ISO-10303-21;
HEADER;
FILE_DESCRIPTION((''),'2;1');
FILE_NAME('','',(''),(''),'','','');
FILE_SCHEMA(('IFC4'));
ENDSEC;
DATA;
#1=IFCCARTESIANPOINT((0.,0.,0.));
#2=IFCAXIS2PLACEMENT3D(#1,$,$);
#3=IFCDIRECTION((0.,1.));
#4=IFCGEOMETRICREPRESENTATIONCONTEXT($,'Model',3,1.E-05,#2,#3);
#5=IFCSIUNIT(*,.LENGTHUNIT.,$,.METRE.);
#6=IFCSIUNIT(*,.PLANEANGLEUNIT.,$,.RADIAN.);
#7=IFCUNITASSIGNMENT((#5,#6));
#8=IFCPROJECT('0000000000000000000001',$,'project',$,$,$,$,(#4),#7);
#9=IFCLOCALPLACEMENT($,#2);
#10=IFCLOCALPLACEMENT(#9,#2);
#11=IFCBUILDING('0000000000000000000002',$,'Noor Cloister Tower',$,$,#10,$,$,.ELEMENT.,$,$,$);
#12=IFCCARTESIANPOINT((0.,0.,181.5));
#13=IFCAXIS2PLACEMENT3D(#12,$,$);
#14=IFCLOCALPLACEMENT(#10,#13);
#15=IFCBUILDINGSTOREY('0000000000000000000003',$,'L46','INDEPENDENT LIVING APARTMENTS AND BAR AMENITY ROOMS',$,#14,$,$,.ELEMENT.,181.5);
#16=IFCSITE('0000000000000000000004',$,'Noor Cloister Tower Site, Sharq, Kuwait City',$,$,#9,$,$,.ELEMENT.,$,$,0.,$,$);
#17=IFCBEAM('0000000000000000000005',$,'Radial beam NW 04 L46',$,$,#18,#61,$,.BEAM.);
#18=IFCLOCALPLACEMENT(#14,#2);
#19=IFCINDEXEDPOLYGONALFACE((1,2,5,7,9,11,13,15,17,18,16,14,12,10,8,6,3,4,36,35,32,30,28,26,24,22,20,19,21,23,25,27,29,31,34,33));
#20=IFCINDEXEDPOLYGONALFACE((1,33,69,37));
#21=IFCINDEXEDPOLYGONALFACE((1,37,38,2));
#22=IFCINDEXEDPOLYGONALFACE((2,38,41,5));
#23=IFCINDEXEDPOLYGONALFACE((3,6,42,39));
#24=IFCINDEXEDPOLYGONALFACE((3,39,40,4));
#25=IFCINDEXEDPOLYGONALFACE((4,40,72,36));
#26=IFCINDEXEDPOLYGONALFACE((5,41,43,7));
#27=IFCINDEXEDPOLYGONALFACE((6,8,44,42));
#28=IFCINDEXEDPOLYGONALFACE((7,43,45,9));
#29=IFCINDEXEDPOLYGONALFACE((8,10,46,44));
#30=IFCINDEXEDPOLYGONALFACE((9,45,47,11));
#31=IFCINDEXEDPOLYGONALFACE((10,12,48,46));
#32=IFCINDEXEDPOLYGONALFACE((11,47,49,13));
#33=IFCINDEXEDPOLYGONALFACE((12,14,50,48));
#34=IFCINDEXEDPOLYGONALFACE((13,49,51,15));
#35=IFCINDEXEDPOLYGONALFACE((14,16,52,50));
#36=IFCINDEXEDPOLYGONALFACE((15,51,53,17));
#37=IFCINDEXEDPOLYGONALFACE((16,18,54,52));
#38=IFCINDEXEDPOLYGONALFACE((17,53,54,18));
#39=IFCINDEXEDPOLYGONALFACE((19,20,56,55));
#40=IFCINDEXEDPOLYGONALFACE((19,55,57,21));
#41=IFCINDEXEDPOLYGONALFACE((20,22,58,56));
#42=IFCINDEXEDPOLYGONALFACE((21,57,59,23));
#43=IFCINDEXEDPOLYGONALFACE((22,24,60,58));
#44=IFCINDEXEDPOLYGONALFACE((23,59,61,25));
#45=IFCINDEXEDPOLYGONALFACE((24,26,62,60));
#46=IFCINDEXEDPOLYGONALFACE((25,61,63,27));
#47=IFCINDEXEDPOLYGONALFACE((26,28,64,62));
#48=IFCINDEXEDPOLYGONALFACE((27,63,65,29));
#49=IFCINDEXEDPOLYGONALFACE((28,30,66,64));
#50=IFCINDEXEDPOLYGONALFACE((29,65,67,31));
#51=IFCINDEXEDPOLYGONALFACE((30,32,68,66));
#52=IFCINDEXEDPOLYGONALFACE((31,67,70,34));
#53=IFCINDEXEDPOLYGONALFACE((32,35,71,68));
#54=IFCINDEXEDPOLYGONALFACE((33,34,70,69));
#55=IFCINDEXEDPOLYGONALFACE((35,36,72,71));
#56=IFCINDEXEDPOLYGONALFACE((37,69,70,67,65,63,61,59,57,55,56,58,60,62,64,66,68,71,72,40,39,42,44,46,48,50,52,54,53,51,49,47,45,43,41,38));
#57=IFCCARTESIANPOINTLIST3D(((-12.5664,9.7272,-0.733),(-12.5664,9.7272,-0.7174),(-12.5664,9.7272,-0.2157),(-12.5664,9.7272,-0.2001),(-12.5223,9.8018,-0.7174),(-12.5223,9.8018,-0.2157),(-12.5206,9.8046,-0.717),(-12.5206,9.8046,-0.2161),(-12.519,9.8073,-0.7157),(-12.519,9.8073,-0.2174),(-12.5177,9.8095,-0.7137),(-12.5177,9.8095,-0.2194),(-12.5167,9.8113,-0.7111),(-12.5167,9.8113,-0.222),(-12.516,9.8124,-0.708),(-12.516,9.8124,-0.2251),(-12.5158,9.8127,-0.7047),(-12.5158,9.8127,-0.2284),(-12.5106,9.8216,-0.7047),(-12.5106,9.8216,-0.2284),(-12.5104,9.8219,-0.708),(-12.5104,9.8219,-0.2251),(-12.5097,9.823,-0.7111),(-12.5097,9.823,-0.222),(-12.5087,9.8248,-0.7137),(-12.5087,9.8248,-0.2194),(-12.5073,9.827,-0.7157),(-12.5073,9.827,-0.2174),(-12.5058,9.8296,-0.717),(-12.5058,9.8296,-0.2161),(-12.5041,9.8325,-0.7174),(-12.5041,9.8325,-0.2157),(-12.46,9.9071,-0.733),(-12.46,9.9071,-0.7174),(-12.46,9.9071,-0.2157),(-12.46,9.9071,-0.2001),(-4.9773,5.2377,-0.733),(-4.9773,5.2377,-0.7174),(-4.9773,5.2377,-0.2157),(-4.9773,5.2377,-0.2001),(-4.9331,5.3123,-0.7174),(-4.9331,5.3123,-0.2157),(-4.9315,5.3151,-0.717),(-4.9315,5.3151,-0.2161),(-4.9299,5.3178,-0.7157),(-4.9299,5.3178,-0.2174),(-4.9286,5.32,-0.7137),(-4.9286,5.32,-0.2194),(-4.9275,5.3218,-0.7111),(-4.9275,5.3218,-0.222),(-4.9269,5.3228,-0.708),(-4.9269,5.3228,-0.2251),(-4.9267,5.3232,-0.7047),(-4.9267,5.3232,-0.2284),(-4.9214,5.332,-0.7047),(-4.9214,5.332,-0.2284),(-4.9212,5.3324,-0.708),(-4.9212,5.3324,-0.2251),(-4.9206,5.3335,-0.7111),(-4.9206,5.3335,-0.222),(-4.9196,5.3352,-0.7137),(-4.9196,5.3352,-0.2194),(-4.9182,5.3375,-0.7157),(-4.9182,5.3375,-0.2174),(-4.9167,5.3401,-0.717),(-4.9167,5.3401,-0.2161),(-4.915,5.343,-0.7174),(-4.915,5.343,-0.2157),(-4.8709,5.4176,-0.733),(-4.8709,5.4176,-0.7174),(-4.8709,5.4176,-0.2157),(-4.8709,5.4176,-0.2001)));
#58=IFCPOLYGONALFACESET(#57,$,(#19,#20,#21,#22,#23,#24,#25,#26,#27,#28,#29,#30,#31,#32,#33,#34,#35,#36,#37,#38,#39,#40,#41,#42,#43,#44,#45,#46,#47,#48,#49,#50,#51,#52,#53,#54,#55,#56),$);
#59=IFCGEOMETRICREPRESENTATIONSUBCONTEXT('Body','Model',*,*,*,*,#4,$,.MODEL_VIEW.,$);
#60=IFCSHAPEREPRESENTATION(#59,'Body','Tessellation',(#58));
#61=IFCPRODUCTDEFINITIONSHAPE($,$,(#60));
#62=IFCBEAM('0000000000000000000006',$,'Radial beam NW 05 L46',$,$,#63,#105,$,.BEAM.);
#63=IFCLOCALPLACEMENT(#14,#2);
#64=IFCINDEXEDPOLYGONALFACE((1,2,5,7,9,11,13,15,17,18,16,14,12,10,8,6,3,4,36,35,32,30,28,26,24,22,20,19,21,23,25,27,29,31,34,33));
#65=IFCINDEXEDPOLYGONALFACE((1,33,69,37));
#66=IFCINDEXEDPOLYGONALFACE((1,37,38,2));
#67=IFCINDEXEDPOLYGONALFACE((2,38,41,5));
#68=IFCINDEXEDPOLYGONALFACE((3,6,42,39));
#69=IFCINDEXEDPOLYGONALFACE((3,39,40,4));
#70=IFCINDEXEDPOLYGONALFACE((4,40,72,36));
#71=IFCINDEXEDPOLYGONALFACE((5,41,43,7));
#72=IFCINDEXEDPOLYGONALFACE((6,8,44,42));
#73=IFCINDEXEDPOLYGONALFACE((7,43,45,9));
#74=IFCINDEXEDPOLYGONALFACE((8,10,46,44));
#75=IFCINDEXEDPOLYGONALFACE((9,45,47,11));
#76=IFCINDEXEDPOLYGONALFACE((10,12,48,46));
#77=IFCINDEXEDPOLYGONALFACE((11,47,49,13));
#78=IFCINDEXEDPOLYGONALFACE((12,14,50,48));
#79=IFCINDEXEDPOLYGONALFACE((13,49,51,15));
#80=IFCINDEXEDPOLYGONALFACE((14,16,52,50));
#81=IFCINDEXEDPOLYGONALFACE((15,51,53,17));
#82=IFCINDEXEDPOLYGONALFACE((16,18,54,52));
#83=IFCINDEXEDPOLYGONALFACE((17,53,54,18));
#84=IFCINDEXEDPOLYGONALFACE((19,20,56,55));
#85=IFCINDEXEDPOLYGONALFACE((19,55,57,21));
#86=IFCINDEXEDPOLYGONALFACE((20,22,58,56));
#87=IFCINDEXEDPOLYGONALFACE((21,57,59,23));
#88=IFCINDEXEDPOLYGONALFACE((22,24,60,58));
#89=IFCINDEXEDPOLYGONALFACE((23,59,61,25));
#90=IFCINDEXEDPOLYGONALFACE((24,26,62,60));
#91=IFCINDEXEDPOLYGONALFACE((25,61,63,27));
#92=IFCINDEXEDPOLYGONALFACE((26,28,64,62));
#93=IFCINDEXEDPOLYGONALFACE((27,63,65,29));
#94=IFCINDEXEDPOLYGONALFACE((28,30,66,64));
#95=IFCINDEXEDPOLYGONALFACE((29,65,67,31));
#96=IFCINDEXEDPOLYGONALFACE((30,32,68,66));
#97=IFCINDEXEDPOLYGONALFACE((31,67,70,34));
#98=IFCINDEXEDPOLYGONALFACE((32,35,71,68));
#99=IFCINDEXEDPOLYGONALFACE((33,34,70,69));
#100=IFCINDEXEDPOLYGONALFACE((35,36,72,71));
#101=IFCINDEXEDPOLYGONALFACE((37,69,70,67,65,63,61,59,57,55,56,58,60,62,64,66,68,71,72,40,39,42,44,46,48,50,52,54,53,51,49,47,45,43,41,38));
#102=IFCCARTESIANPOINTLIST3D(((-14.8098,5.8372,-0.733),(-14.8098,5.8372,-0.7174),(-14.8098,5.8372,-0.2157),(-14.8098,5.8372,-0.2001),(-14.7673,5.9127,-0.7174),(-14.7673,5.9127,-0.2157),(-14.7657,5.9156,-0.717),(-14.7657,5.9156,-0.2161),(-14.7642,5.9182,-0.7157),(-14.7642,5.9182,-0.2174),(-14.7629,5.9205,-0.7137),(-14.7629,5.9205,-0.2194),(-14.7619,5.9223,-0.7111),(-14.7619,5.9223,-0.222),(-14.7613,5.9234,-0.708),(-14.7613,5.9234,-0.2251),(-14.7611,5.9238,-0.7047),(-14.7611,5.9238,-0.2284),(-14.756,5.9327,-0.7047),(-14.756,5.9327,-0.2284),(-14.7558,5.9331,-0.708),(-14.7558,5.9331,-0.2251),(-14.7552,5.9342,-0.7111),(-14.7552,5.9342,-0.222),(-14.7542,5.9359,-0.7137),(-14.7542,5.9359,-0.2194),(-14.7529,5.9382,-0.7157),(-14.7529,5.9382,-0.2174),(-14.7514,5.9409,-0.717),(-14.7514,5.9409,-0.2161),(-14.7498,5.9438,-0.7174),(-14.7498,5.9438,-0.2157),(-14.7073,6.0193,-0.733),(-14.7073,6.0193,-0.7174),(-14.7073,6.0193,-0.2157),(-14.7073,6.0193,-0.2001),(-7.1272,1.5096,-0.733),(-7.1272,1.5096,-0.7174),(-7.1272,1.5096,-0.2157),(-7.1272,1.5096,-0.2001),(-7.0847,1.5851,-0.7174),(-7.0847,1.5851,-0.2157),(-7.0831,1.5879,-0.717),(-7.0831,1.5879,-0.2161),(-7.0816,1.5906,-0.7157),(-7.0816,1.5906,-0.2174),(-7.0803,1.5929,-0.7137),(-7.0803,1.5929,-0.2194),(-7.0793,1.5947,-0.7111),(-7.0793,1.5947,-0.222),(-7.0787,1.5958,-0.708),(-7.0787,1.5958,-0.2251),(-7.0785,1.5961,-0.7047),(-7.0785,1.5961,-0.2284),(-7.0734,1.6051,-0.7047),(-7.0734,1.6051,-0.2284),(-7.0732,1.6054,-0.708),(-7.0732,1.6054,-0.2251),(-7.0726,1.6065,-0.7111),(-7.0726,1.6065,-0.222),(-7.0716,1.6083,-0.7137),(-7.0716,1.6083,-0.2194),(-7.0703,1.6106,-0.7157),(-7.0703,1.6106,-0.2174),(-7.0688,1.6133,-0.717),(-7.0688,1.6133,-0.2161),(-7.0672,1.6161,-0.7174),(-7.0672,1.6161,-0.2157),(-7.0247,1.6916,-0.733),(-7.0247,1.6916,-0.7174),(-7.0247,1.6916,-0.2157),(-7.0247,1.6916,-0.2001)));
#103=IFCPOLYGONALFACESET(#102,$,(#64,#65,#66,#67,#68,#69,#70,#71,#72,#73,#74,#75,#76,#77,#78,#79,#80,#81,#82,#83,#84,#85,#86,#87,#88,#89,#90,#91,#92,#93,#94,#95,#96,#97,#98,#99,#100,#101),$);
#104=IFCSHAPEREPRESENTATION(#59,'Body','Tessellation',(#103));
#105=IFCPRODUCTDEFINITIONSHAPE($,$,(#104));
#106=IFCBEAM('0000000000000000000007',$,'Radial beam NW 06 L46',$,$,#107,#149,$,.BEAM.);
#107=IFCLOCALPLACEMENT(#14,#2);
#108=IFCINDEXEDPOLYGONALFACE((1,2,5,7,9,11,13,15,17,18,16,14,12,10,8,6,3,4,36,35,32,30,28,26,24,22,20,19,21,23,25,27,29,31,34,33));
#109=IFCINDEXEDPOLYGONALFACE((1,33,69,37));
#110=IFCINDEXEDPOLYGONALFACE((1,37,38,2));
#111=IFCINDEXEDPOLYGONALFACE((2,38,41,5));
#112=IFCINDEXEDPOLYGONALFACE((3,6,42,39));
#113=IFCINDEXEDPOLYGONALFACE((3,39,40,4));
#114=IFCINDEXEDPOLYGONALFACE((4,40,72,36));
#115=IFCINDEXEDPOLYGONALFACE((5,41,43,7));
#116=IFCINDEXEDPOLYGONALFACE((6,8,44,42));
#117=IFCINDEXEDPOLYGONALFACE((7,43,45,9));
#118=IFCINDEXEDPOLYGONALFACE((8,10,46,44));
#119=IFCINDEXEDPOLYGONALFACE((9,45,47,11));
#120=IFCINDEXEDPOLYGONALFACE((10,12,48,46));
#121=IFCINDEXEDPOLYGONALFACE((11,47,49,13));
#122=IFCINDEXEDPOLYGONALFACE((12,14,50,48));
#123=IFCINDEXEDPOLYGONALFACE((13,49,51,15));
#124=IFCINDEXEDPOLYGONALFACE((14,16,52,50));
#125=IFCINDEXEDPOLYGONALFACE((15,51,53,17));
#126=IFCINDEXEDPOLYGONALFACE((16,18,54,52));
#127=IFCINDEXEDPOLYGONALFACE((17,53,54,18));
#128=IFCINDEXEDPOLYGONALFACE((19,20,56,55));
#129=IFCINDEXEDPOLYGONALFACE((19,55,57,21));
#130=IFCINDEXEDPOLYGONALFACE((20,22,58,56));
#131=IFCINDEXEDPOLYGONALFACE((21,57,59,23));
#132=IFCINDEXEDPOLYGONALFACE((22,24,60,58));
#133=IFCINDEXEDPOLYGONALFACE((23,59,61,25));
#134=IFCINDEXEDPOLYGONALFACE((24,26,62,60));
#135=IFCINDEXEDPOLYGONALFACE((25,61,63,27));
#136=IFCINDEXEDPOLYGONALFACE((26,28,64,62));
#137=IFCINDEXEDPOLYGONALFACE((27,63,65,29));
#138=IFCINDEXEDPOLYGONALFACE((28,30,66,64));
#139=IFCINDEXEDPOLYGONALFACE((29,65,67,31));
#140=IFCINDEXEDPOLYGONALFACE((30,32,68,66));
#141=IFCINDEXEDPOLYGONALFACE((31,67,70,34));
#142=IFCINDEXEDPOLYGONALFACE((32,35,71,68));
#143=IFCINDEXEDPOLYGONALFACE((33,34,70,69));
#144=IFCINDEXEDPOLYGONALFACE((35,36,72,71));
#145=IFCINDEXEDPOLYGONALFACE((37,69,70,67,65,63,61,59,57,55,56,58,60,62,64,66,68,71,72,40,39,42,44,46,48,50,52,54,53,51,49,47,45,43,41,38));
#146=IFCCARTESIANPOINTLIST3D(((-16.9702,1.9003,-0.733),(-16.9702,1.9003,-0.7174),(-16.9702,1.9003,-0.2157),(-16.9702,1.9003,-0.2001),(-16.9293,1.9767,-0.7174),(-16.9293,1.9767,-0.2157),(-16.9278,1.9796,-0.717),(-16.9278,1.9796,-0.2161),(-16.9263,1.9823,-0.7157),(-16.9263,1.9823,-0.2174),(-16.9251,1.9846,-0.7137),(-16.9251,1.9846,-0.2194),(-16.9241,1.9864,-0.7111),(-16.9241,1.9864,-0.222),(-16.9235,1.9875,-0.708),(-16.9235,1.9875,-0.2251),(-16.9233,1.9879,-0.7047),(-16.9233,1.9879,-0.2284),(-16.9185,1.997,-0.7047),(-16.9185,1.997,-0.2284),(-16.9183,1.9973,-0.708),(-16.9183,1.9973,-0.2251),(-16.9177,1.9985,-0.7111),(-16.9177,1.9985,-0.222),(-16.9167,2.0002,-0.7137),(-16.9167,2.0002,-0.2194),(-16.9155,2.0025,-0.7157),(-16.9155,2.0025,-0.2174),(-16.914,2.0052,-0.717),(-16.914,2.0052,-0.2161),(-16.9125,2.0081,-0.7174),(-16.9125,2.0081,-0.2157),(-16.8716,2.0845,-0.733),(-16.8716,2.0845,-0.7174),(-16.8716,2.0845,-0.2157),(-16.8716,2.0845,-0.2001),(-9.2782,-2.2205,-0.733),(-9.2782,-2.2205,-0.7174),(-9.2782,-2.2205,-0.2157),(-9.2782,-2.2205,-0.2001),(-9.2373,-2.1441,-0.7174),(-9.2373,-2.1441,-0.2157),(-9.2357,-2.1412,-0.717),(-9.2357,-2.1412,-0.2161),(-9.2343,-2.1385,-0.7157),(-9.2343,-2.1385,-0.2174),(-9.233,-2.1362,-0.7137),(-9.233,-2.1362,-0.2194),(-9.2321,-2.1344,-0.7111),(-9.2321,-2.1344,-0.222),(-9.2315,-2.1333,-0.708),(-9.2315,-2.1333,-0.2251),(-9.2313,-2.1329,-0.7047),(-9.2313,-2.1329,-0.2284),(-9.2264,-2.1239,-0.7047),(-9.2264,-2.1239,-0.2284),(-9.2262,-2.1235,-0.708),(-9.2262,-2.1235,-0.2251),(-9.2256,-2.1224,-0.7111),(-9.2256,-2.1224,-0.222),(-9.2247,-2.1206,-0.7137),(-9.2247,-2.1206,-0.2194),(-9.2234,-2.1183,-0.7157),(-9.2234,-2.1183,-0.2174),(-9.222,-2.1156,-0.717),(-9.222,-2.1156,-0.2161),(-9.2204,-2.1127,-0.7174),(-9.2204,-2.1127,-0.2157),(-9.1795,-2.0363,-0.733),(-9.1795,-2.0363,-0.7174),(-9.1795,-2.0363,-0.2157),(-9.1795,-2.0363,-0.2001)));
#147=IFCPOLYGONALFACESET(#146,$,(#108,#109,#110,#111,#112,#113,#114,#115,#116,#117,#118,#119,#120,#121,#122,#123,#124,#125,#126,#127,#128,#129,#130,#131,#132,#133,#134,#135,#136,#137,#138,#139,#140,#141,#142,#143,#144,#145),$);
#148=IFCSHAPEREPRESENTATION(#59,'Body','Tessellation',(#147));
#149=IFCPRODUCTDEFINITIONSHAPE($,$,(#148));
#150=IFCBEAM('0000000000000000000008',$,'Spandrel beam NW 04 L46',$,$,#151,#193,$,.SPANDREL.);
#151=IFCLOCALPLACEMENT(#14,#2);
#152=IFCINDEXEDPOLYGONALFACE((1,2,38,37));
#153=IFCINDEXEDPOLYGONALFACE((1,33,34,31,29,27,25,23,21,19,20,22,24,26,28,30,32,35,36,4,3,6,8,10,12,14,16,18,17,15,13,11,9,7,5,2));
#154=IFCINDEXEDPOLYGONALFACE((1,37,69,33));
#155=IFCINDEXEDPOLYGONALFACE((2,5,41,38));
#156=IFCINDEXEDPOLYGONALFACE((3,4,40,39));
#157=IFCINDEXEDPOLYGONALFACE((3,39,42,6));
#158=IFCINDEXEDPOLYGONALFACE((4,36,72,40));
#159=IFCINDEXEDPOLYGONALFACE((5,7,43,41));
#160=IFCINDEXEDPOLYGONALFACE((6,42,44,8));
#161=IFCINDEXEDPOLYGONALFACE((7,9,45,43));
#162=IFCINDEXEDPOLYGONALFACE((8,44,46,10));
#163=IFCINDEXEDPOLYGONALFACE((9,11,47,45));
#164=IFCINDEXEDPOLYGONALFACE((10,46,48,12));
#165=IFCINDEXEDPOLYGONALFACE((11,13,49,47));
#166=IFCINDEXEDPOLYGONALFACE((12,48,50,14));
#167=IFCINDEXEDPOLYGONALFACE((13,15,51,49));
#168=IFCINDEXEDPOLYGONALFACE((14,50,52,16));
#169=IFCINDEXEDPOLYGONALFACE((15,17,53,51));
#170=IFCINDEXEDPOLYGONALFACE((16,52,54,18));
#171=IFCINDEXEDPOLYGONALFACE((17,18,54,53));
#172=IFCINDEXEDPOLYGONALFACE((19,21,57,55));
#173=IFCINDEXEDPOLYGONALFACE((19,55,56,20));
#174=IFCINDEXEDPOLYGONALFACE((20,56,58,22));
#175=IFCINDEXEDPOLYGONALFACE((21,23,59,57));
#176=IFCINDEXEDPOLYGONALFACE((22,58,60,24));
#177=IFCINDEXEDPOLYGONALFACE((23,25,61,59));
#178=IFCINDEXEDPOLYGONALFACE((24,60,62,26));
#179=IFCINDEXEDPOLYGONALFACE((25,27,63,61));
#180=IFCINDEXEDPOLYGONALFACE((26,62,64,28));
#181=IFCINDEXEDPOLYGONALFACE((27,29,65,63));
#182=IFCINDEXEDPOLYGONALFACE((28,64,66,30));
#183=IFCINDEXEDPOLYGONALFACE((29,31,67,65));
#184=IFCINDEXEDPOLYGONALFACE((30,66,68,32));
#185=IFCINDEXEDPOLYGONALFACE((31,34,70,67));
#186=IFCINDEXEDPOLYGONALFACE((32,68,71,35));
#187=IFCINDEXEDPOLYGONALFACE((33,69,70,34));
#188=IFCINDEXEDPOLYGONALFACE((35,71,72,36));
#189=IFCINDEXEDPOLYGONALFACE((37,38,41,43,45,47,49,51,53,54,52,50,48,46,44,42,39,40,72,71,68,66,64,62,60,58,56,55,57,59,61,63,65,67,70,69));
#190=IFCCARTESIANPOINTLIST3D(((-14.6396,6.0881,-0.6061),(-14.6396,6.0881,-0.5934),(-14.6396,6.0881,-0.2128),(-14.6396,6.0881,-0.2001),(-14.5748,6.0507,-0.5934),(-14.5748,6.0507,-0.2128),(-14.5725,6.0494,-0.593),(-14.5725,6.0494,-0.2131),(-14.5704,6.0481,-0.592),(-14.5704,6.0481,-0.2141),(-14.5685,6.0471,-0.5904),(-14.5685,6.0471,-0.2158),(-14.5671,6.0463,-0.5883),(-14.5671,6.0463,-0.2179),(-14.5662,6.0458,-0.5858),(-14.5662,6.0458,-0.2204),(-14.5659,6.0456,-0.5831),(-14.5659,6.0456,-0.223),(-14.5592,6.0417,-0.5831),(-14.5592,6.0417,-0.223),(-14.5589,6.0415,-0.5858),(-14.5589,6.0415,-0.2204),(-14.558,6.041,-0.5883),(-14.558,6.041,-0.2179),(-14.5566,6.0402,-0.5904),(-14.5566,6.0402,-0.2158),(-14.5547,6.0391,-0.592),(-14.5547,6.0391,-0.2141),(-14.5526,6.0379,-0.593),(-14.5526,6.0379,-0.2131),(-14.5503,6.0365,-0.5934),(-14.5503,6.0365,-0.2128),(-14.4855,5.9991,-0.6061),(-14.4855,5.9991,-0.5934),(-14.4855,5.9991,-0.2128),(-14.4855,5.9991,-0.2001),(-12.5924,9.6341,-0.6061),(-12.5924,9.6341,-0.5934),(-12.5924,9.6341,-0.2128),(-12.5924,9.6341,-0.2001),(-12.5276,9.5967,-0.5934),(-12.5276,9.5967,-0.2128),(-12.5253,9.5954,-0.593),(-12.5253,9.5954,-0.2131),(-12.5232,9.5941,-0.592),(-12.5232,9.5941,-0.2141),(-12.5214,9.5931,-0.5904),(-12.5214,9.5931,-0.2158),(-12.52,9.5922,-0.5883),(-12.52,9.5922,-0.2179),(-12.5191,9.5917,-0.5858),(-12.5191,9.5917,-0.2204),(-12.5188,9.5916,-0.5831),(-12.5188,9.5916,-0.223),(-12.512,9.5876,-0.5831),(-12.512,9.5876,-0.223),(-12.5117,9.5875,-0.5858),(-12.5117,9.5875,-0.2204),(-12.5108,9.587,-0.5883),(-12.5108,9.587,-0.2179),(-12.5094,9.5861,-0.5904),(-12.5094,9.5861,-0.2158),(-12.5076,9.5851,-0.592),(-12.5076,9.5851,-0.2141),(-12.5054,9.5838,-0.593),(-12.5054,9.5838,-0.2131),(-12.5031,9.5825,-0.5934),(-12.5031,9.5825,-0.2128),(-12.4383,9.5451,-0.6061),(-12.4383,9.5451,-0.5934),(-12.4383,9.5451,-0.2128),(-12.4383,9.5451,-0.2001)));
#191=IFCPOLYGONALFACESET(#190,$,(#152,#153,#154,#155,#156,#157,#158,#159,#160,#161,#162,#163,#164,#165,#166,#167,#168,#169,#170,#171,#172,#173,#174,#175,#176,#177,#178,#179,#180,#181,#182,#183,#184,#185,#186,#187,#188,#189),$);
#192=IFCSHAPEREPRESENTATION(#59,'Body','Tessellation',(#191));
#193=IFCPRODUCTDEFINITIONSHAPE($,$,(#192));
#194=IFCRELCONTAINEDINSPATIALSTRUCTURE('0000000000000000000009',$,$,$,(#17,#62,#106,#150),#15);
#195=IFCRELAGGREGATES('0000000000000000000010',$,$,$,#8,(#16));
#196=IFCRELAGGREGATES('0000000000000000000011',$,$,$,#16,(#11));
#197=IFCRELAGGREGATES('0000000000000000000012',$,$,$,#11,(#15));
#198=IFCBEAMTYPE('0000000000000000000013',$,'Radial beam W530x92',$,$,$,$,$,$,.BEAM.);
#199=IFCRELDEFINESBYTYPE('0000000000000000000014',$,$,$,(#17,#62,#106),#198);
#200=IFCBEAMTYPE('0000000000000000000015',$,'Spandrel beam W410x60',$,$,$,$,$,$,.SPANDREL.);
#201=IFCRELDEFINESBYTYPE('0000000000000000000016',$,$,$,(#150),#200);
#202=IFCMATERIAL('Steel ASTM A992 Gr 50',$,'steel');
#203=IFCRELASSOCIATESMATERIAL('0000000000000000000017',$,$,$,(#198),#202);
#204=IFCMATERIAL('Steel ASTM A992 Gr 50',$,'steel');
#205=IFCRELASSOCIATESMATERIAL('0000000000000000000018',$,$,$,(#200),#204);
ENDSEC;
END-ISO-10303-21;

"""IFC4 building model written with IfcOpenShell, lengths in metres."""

from ifc_helpers import new_model, si_unit, direction, frame, origin, origin_2d, place, context, subcontext, project, spatial, i_section, extrude, material, material_profile, profile_set, type_object, element, save


model = new_model("IFC4")

# Units and contexts
model_context = context("Model", 3, precision=1e-05, world=origin(), true_north=direction((0.0, 1.0)))
body_context = subcontext(model_context, "Body", "Model", "MODEL_VIEW")
ifc_project = project(units=[si_unit("LENGTHUNIT", "METRE"), si_unit("PLANEANGLEUNIT", "RADIAN")], contexts=[model_context])

# Site, building, storey
site_placement = place(None, origin())
site = spatial("IfcSite", under=ifc_project, at=site_placement, Name="Noor Cloister Tower Site, Sharq, Kuwait City", CompositionType="ELEMENT", RefElevation=0.0)
building_placement = place(site_placement, origin())
building = spatial("IfcBuilding", under=site, at=building_placement, Name="Noor Cloister Tower", CompositionType="ELEMENT")
storey_placement = place(building_placement, frame((0.0, 0.0, 181.5)))
storey = spatial("IfcBuildingStorey", under=building, at=storey_placement, Name="L46", Description="INDEPENDENT LIVING APARTMENTS AND BAR AMENITY ROOMS", CompositionType="ELEMENT", Elevation=181.5)

# Beams
ifc_material_1 = material(Name="Steel ASTM A992 Gr 50", Category="steel")
ifc_material_profile_1 = material_profile(ifc_material_1, i_section(OverallWidth=0.209, OverallDepth=0.533, WebThickness=0.0103, FlangeThickness=0.0156, FilletRadius=0.0127, at=origin_2d()), Name="W530x92")
ifc_profile_set_1 = profile_set([ifc_material_profile_1], Name="Steel ASTM A992 Gr 50")
beam_type_1 = type_object("IfcBeamType", Name="Radial beam W530x92", PredefinedType="BEAM", material=ifc_profile_set_1)
for number, where, z_axis, x_axis, name in (
    (1, (-12.5132, 9.8171, -0.4666), (0.860677, -0.509152, 0.0), (0.509152, 0.860677, 0.0), "Radial beam NW 04 L46"),
    (2, (-14.7585, 5.9282, -0.4666), (0.871277, -0.490792, 0.0), (0.490792, 0.871277, 0.0), "Radial beam NW 05 L46"),
):
    element("IfcBeam", number, at=place(storey_placement, frame(where, z_axis=z_axis, x_axis=x_axis)), inside=storey, type_object=beam_type_1, Name=name, PredefinedType="BEAM", context=body_context, shape_type="SweptSolid", body=[
        extrude(i_section(OverallWidth=0.209, OverallDepth=0.533, WebThickness=0.0103, FlangeThickness=0.0156, FilletRadius=0.0127, at=origin_2d()), origin(), (0.0, 0.0, 1.0), 8.8176),
    ])
beam_1_placement = place(storey_placement, frame((-16.9209, 1.9924, -0.4666), z_axis=(0.881477, -0.472227, 0.0), x_axis=(0.472227, 0.881477, 0.0)))
element("IfcBeam", 3, at=beam_1_placement, inside=storey, type_object=beam_type_1, Name="Radial beam NW 06 L46", PredefinedType="BEAM", context=body_context, shape_type="SweptSolid", body=[
    extrude(i_section(OverallWidth=0.209, OverallDepth=0.533, WebThickness=0.0103, FlangeThickness=0.0156, FilletRadius=0.0127, at=origin_2d()), origin(), (0.0, 0.0, 1.0), 8.7263),
])
ifc_material_2 = material(Name="Steel ASTM A992 Gr 50", Category="steel")
ifc_material_profile_2 = material_profile(ifc_material_2, i_section(OverallWidth=0.178, OverallDepth=0.406, WebThickness=0.0078, FlangeThickness=0.0127, FilletRadius=0.0103, at=origin_2d()), Name="W410x60")
ifc_profile_set_2 = profile_set([ifc_material_profile_2], Name="Steel ASTM A992 Gr 50")
beam_type_2 = type_object("IfcBeamType", Name="Spandrel beam W410x60", PredefinedType="SPANDREL", material=ifc_profile_set_2)
beam_2_placement = place(storey_placement, frame((-12.5154, 9.5896, -0.4031), z_axis=(-0.499981, -0.866037, 0.0), x_axis=(0.866037, -0.499981, 0.0)))
element("IfcBeam", 4, at=beam_2_placement, inside=storey, type_object=beam_type_2, Name="Spandrel beam NW 04 L46", PredefinedType="SPANDREL", context=body_context, shape_type="SweptSolid", body=[
    extrude(i_section(OverallWidth=0.178, OverallDepth=0.406, WebThickness=0.0078, FlangeThickness=0.0127, FilletRadius=0.0103, at=origin_2d()), origin(), (0.0, 0.0, 1.0), 4.0945),
])

save(model, "model.ifc")
